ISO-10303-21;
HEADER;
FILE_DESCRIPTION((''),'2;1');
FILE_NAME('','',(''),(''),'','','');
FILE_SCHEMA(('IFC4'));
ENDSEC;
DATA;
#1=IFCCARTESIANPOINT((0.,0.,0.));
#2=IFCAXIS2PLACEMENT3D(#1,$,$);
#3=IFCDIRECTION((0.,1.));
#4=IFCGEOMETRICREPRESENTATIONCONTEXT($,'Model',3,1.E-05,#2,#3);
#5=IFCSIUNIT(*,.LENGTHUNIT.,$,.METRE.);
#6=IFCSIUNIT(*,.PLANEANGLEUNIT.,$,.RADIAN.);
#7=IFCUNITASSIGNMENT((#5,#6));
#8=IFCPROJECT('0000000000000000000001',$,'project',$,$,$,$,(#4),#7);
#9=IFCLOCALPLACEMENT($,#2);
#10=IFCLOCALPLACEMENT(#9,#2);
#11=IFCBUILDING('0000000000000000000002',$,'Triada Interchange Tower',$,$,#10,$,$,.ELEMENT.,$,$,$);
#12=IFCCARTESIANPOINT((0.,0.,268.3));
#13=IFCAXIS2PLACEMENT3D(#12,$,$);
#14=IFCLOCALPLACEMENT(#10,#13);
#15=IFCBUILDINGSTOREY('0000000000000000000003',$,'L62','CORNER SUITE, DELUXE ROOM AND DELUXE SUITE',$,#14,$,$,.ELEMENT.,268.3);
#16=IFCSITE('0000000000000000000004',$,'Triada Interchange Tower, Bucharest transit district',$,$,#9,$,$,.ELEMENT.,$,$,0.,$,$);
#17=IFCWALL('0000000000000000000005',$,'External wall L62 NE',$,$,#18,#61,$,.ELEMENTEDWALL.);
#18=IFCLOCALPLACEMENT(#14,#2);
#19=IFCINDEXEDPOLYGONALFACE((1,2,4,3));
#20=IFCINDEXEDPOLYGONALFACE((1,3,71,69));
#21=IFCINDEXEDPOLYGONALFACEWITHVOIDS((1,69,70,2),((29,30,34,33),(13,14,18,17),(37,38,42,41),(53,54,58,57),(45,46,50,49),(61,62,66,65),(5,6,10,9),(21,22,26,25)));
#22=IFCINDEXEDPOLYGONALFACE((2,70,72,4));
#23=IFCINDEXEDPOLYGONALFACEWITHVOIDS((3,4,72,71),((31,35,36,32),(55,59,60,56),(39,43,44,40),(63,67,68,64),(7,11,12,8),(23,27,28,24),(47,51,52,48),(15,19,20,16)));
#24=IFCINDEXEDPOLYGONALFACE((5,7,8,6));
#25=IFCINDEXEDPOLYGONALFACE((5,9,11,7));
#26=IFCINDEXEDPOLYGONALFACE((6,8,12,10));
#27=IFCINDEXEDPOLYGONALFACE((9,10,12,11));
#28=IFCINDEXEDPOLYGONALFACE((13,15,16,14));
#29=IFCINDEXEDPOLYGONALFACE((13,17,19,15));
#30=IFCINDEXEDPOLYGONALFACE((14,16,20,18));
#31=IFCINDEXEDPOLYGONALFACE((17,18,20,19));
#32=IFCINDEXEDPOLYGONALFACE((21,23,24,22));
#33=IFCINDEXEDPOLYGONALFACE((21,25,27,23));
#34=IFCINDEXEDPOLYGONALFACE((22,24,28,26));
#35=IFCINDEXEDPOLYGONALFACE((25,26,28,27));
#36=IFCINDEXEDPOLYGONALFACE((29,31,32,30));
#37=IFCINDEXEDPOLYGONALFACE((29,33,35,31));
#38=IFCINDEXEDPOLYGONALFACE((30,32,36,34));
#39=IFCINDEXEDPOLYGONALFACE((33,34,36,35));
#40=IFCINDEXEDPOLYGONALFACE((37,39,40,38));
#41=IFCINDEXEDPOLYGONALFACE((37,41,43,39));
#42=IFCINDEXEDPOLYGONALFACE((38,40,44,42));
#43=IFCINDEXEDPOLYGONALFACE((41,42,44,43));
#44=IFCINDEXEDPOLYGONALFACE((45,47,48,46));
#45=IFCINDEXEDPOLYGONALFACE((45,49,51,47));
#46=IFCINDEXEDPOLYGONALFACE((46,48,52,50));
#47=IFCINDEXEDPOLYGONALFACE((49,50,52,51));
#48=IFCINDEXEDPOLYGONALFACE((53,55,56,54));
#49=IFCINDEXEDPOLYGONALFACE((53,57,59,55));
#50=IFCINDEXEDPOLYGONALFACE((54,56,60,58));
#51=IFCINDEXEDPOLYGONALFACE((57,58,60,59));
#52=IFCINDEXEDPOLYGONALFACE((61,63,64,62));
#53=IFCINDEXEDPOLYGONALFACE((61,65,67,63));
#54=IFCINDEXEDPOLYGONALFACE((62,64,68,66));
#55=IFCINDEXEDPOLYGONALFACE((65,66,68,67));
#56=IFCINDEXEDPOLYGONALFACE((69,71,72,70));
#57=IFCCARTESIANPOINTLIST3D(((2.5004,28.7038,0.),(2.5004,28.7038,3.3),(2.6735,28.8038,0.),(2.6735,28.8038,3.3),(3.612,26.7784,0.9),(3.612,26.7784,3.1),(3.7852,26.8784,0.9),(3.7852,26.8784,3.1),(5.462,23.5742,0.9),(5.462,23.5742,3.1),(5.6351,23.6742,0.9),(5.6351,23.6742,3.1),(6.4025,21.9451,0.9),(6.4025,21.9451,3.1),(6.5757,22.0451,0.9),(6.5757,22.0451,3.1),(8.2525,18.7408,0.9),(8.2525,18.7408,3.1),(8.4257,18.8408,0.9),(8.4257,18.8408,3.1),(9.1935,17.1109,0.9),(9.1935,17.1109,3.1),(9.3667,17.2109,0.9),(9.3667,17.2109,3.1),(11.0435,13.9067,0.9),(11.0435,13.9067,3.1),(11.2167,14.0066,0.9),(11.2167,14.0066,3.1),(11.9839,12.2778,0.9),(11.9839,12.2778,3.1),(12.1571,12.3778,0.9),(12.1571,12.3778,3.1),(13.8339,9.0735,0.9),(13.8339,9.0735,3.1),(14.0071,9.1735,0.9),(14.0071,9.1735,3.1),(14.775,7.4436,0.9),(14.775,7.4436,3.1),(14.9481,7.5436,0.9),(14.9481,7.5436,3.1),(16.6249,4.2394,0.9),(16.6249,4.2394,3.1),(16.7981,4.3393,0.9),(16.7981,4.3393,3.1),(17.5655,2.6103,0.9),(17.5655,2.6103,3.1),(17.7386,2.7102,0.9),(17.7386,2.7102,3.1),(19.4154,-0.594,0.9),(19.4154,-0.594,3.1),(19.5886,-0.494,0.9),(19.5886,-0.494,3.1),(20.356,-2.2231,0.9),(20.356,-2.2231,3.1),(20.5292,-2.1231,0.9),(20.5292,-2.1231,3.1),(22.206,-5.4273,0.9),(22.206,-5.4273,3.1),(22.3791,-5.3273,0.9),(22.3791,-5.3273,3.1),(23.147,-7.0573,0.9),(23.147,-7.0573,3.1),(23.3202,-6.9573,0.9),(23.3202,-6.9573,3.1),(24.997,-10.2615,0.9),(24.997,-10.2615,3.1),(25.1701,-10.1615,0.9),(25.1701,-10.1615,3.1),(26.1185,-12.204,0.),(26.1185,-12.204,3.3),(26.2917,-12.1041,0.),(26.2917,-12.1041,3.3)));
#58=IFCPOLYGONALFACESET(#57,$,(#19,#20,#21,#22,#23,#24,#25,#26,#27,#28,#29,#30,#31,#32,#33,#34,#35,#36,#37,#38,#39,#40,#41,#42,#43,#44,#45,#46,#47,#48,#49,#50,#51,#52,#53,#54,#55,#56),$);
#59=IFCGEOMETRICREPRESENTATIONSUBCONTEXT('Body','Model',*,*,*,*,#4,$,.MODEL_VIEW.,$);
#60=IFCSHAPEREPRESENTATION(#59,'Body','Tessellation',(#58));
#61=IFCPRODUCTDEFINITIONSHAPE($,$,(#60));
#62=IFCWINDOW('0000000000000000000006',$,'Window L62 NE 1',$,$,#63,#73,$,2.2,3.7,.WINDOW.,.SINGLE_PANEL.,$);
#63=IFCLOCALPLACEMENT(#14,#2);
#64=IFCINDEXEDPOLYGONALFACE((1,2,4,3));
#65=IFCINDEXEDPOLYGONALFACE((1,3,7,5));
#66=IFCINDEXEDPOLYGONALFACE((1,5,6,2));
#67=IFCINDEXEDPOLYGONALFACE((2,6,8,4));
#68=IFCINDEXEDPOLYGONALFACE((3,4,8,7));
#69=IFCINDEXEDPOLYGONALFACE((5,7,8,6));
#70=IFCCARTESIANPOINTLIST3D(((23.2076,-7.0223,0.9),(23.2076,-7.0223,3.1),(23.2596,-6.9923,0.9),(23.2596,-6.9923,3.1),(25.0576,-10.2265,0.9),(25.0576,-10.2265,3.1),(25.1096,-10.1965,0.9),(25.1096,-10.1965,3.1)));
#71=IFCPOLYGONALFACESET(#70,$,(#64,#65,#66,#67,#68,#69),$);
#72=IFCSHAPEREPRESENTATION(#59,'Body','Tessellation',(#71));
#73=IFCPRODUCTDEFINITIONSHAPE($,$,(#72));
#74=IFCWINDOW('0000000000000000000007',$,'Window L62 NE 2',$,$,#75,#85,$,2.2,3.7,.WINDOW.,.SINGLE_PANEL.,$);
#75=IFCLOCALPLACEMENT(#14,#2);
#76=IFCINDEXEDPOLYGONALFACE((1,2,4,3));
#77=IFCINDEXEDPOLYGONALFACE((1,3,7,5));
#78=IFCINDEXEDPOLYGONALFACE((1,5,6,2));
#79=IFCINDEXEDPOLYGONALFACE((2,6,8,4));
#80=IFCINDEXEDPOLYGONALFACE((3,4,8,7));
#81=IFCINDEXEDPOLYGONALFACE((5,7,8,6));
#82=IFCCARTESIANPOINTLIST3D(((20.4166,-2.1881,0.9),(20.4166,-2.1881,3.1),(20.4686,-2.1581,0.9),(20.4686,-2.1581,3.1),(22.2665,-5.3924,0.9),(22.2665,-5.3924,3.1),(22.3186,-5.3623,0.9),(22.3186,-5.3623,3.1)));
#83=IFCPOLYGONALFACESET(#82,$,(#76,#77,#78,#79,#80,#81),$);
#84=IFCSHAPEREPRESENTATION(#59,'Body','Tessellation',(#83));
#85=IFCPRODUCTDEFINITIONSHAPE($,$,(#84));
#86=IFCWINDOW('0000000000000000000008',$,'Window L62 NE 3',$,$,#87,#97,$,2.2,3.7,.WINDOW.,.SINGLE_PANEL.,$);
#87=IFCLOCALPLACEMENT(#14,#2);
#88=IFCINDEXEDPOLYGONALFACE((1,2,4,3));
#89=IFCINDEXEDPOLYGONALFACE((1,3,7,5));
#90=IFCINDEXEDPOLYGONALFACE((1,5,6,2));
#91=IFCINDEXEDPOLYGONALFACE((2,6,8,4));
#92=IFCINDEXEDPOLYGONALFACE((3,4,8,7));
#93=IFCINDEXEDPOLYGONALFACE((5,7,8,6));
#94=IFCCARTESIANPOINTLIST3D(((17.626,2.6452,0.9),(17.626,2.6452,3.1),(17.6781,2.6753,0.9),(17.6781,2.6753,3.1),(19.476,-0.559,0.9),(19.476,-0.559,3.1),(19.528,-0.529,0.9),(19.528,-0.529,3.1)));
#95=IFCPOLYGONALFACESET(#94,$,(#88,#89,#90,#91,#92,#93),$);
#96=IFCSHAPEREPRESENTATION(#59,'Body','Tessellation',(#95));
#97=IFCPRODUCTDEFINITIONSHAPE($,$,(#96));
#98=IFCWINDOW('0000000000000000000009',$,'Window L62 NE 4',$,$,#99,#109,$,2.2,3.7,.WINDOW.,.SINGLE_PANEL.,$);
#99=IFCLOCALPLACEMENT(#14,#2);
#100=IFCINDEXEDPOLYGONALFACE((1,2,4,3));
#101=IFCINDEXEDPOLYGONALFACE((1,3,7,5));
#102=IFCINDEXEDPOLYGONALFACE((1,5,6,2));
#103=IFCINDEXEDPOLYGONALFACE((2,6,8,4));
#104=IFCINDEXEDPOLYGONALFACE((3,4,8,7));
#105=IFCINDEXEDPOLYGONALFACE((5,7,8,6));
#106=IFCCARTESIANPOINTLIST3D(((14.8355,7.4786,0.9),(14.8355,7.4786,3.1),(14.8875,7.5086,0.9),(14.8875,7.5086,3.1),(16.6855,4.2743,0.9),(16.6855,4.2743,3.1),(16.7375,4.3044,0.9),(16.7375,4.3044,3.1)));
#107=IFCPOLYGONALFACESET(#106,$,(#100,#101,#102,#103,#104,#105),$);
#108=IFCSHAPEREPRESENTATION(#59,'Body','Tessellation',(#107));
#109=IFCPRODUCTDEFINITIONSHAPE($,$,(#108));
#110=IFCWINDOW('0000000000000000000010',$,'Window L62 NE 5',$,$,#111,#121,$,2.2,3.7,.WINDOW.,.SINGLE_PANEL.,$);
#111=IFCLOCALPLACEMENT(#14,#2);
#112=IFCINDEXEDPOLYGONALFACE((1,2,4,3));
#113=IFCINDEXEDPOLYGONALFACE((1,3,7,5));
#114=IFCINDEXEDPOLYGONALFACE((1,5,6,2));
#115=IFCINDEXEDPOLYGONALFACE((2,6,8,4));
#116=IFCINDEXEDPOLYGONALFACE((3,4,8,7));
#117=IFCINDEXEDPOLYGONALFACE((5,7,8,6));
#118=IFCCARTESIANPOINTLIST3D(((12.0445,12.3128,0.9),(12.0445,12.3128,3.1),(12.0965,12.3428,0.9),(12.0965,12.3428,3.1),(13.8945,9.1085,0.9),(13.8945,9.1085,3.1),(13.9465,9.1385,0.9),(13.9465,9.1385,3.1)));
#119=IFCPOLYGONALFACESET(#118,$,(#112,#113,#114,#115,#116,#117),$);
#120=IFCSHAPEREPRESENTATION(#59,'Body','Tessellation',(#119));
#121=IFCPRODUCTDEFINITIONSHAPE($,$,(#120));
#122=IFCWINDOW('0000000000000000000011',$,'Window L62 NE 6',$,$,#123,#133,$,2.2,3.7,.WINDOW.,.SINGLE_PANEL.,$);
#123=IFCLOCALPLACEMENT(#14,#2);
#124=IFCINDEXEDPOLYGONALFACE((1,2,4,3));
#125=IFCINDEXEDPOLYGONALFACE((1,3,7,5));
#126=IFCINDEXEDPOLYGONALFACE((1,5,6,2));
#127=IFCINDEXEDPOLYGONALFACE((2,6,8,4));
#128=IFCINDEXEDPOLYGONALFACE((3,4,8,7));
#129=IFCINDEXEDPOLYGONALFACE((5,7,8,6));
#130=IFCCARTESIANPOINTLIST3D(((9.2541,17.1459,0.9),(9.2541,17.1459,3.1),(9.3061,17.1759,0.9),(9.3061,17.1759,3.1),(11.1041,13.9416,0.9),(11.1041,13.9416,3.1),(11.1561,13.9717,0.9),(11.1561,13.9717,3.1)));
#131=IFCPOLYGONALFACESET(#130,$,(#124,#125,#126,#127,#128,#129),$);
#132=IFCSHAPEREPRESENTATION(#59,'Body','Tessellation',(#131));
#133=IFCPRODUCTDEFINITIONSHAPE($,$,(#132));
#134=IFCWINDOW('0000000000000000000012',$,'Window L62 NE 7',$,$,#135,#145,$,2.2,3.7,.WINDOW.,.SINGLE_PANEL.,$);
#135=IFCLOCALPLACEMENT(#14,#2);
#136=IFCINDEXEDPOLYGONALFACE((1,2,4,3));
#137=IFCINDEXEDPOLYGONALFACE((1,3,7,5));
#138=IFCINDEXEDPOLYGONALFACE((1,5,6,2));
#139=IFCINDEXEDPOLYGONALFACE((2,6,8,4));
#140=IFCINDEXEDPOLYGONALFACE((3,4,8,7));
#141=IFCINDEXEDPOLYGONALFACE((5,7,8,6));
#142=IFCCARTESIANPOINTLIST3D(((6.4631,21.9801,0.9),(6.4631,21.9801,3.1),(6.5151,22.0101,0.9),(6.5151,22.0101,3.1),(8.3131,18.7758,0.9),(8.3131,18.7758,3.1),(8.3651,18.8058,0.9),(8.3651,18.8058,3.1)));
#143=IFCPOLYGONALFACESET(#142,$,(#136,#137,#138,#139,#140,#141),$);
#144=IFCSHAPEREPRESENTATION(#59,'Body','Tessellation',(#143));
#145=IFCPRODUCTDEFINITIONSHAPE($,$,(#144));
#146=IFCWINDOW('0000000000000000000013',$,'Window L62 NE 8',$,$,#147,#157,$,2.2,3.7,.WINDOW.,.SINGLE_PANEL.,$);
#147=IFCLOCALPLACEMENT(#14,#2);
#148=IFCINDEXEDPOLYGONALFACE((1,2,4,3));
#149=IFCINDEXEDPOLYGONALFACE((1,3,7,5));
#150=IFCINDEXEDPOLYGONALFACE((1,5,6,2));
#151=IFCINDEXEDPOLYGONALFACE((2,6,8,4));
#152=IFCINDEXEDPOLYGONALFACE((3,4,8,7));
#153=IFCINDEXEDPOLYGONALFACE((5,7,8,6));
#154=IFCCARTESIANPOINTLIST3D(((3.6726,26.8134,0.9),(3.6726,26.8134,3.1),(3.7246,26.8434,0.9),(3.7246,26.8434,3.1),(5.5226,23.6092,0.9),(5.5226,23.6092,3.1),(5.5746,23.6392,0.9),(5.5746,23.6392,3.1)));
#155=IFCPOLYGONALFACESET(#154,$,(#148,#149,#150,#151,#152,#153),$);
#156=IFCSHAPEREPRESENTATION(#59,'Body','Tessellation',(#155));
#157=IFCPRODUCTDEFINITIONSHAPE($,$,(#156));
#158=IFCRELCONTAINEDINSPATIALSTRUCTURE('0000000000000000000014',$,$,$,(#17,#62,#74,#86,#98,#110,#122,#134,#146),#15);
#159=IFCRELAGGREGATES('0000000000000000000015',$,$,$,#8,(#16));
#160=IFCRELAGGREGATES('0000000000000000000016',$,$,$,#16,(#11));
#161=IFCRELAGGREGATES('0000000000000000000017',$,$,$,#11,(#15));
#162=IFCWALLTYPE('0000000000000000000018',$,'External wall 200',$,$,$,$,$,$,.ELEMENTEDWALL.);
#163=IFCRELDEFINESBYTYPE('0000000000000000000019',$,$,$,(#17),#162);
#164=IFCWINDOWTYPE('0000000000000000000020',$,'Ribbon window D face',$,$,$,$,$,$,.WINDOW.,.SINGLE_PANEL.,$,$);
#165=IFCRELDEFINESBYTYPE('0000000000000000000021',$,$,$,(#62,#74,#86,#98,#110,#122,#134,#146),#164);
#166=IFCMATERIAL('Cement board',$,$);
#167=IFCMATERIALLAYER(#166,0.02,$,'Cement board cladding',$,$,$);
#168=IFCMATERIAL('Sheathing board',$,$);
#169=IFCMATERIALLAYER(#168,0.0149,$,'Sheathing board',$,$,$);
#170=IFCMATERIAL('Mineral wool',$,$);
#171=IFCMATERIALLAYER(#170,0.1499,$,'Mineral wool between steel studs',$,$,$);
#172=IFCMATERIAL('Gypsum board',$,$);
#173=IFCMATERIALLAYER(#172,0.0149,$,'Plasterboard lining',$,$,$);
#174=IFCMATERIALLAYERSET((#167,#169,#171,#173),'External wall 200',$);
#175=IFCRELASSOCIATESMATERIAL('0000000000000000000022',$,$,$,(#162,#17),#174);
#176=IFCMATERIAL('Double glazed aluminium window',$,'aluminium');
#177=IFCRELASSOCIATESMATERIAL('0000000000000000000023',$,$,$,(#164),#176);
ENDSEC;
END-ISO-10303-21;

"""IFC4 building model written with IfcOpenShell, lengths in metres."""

from ifc_helpers import new_model, si_unit, direction, frame, frame_2d, origin, place, context, subcontext, project, spatial, rectangle, extrude, material, layer, layer_set, layer_usage, type_object, element, fill, save


model = new_model("IFC4")

# Units and contexts
model_context = context("Model", 3, precision=1e-05, world=origin(), true_north=direction((0.0, 1.0)))
body_context = subcontext(model_context, "Body", "Model", "MODEL_VIEW")
ifc_project = project(units=[si_unit("LENGTHUNIT", "METRE"), si_unit("PLANEANGLEUNIT", "RADIAN")], contexts=[model_context])

# Site, building, storey
site_placement = place(None, origin())
site = spatial("IfcSite", under=ifc_project, at=site_placement, Name="Triada Interchange Tower, Bucharest transit district", CompositionType="ELEMENT", RefElevation=0.0)
building_placement = place(site_placement, origin())
building = spatial("IfcBuilding", under=site, at=building_placement, Name="Triada Interchange Tower", CompositionType="ELEMENT")
storey_placement = place(building_placement, frame((0.0, 0.0, 268.3)))
storey = spatial("IfcBuildingStorey", under=building, at=storey_placement, Name="L62", Description="CORNER SUITE, DELUXE ROOM AND DELUXE SUITE", CompositionType="ELEMENT", Elevation=268.3)

# Shared definitions
ifc_material_1 = material(Name="Cement board")
ifc_layer_1 = layer(ifc_material_1, 0.02, Name="Cement board cladding")
ifc_material_2 = material(Name="Sheathing board")
ifc_layer_2 = layer(ifc_material_2, 0.0149, Name="Sheathing board")
ifc_material_3 = material(Name="Mineral wool")
ifc_layer_3 = layer(ifc_material_3, 0.1499, Name="Mineral wool between steel studs")
ifc_material_4 = material(Name="Gypsum board")
ifc_layer_4 = layer(ifc_material_4, 0.0149, Name="Plasterboard lining")
ifc_layer_set_1 = layer_set([ifc_layer_1, ifc_layer_2, ifc_layer_3, ifc_layer_4], Name="External wall 200")
ifc_layer_usage = layer_usage(ifc_layer_set_1, "AXIS2", "POSITIVE", -0.1001)
wall_type = type_object("IfcWallType", Name="External wall 200", PredefinedType="ELEMENTEDWALL", material=ifc_layer_set_1)
ifc_material_5 = material(Name="Double glazed aluminium window", Category="aluminium")

# Wall, openings, windows
wall_1_placement = place(storey_placement, frame((26.2051, -12.1541, 0.0), z_axis=(0.0, 0.0, 1.0), x_axis=(-0.499999, 0.866026, 0.0)))
wall_1 = element("IfcWall", 1, at=wall_1_placement, inside=storey, type_object=wall_type, material=ifc_layer_usage, Name="External wall L62 NE", PredefinedType="ELEMENTEDWALL", context=body_context, shape_type="SweptSolid", body=[
    extrude(rectangle(XDim=47.2363, YDim=0.2, at=frame_2d((23.6182, 0.0))), origin(), (0.0, 0.0, 1.0), 3.3),
])
opening_1_placement = place(wall_1_placement, frame((2.2429, 0.0, 0.8999)))
opening_1 = element("IfcOpeningElement", 2, at=opening_1_placement, cuts=wall_1, PredefinedType="OPENING", context=body_context, shape_type="SweptSolid", body=[
    extrude(rectangle(XDim=3.7, YDim=2.2, at=frame_2d((1.8501, 1.1001))), frame((0.0, 0.1099, 0.0), z_axis=(0.0, -1.0, 0.0), x_axis=(1.0, 0.0, 0.0)), (0.0, 0.0, 1.0), 0.22),
])
opening_2_placement = place(wall_1_placement, frame((7.825, 0.0, 0.8999)))
opening_2 = element("IfcOpeningElement", 3, at=opening_2_placement, cuts=wall_1, PredefinedType="OPENING", context=body_context, shape_type="SweptSolid", body=[
    extrude(rectangle(XDim=3.7, YDim=2.2, at=frame_2d((1.8501, 1.1001))), frame((0.0, 0.1099, 0.0), z_axis=(0.0, -1.0, 0.0), x_axis=(1.0, 0.0, 0.0)), (0.0, 0.0, 1.0), 0.22),
])
opening_3_placement = place(wall_1_placement, frame((13.406, 0.0, 0.8999)))
opening_3 = element("IfcOpeningElement", 4, at=opening_3_placement, cuts=wall_1, PredefinedType="OPENING", context=body_context, shape_type="SweptSolid", body=[
    extrude(rectangle(XDim=3.7, YDim=2.2, at=frame_2d((1.8501, 1.1001))), frame((0.0, 0.1099, 0.0), z_axis=(0.0, -1.0, 0.0), x_axis=(1.0, 0.0, 0.0)), (0.0, 0.0, 1.0), 0.22),
])
opening_4_placement = place(wall_1_placement, frame((18.9871, 0.0, 0.8999)))
opening_4 = element("IfcOpeningElement", 5, at=opening_4_placement, cuts=wall_1, PredefinedType="OPENING", context=body_context, shape_type="SweptSolid", body=[
    extrude(rectangle(XDim=3.7, YDim=2.2, at=frame_2d((1.8501, 1.1001))), frame((0.0, 0.1099, 0.0), z_axis=(0.0, -1.0, 0.0), x_axis=(1.0, 0.0, 0.0)), (0.0, 0.0, 1.0), 0.22),
])
opening_5_placement = place(wall_1_placement, frame((24.5691, 0.0, 0.8999)))
opening_5 = element("IfcOpeningElement", 6, at=opening_5_placement, cuts=wall_1, PredefinedType="OPENING", context=body_context, shape_type="SweptSolid", body=[
    extrude(rectangle(XDim=3.7, YDim=2.2, at=frame_2d((1.8501, 1.1001))), frame((0.0, 0.1099, 0.0), z_axis=(0.0, -1.0, 0.0), x_axis=(1.0, 0.0, 0.0)), (0.0, 0.0, 1.0), 0.22),
])
opening_6_placement = place(wall_1_placement, frame((30.1499, 0.0, 0.8999)))
opening_6 = element("IfcOpeningElement", 7, at=opening_6_placement, cuts=wall_1, PredefinedType="OPENING", context=body_context, shape_type="SweptSolid", body=[
    extrude(rectangle(XDim=3.7, YDim=2.2, at=frame_2d((1.8501, 1.1001))), frame((0.0, 0.1099, 0.0), z_axis=(0.0, -1.0, 0.0), x_axis=(1.0, 0.0, 0.0)), (0.0, 0.0, 1.0), 0.22),
])
opening_7_placement = place(wall_1_placement, frame((35.7319, 0.0, 0.8999)))
opening_7 = element("IfcOpeningElement", 8, at=opening_7_placement, cuts=wall_1, PredefinedType="OPENING", context=body_context, shape_type="SweptSolid", body=[
    extrude(rectangle(XDim=3.7, YDim=2.2, at=frame_2d((1.8501, 1.1001))), frame((0.0, 0.1099, 0.0), z_axis=(0.0, -1.0, 0.0), x_axis=(1.0, 0.0, 0.0)), (0.0, 0.0, 1.0), 0.22),
])
opening_8_placement = place(wall_1_placement, frame((41.313, 0.0, 0.8999)))
opening_8 = element("IfcOpeningElement", 9, at=opening_8_placement, cuts=wall_1, PredefinedType="OPENING", context=body_context, shape_type="SweptSolid", body=[
    extrude(rectangle(XDim=3.7, YDim=2.2, at=frame_2d((1.8501, 1.1001))), frame((0.0, 0.1099, 0.0), z_axis=(0.0, -1.0, 0.0), x_axis=(1.0, 0.0, 0.0)), (0.0, 0.0, 1.0), 0.22),
])
window_type_1 = type_object("IfcWindowType", Name="Ribbon window D face", PartitioningType="SINGLE_PANEL", PredefinedType="WINDOW", material=ifc_material_5)
window_1_placement = place(opening_1_placement, origin())
window_1 = element("IfcWindow", 10, at=window_1_placement, inside=storey, type_object=window_type_1, Name="Window L62 NE 1", OverallHeight=2.2, OverallWidth=3.7, PartitioningType="SINGLE_PANEL", PredefinedType="WINDOW", context=body_context, shape_type="SweptSolid", body=[
    extrude(rectangle(XDim=3.7, YDim=2.2, at=frame_2d((1.8501, 1.1001))), frame((0.0, 0.03, 0.0), z_axis=(0.0, -1.0, 0.0), x_axis=(1.0, 0.0, 0.0)), (0.0, 0.0, 1.0), 0.0601),
])
fill(opening_1, window_1)
window_2_placement = place(opening_2_placement, origin())
window_2 = element("IfcWindow", 11, at=window_2_placement, inside=storey, type_object=window_type_1, Name="Window L62 NE 2", OverallHeight=2.2, OverallWidth=3.7, PartitioningType="SINGLE_PANEL", PredefinedType="WINDOW", context=body_context, shape_type="SweptSolid", body=[
    extrude(rectangle(XDim=3.7, YDim=2.2, at=frame_2d((1.8501, 1.1001))), frame((0.0, 0.03, 0.0), z_axis=(0.0, -1.0, 0.0), x_axis=(1.0, 0.0, 0.0)), (0.0, 0.0, 1.0), 0.0601),
])
fill(opening_2, window_2)
window_3_placement = place(opening_3_placement, origin())
window_3 = element("IfcWindow", 12, at=window_3_placement, inside=storey, type_object=window_type_1, Name="Window L62 NE 3", OverallHeight=2.2, OverallWidth=3.7, PartitioningType="SINGLE_PANEL", PredefinedType="WINDOW", context=body_context, shape_type="SweptSolid", body=[
    extrude(rectangle(XDim=3.7, YDim=2.2, at=frame_2d((1.8501, 1.1001))), frame((0.0, 0.03, 0.0), z_axis=(0.0, -1.0, 0.0), x_axis=(1.0, 0.0, 0.0)), (0.0, 0.0, 1.0), 0.0601),
])
fill(opening_3, window_3)
window_4_placement = place(opening_4_placement, origin())
window_4 = element("IfcWindow", 13, at=window_4_placement, inside=storey, type_object=window_type_1, Name="Window L62 NE 4", OverallHeight=2.2, OverallWidth=3.7, PartitioningType="SINGLE_PANEL", PredefinedType="WINDOW", context=body_context, shape_type="SweptSolid", body=[
    extrude(rectangle(XDim=3.7, YDim=2.2, at=frame_2d((1.8501, 1.1001))), frame((0.0, 0.03, 0.0), z_axis=(0.0, -1.0, 0.0), x_axis=(1.0, 0.0, 0.0)), (0.0, 0.0, 1.0), 0.0601),
])
fill(opening_4, window_4)
window_5_placement = place(opening_5_placement, origin())
window_5 = element("IfcWindow", 14, at=window_5_placement, inside=storey, type_object=window_type_1, Name="Window L62 NE 5", OverallHeight=2.2, OverallWidth=3.7, PartitioningType="SINGLE_PANEL", PredefinedType="WINDOW", context=body_context, shape_type="SweptSolid", body=[
    extrude(rectangle(XDim=3.7, YDim=2.2, at=frame_2d((1.8501, 1.1001))), frame((0.0, 0.03, 0.0), z_axis=(0.0, -1.0, 0.0), x_axis=(1.0, 0.0, 0.0)), (0.0, 0.0, 1.0), 0.0601),
])
fill(opening_5, window_5)
window_6_placement = place(opening_6_placement, origin())
window_6 = element("IfcWindow", 15, at=window_6_placement, inside=storey, type_object=window_type_1, Name="Window L62 NE 6", OverallHeight=2.2, OverallWidth=3.7, PartitioningType="SINGLE_PANEL", PredefinedType="WINDOW", context=body_context, shape_type="SweptSolid", body=[
    extrude(rectangle(XDim=3.7, YDim=2.2, at=frame_2d((1.8501, 1.1001))), frame((0.0, 0.03, 0.0), z_axis=(0.0, -1.0, 0.0), x_axis=(1.0, 0.0, 0.0)), (0.0, 0.0, 1.0), 0.0601),
])
fill(opening_6, window_6)
window_7_placement = place(opening_7_placement, origin())
window_7 = element("IfcWindow", 16, at=window_7_placement, inside=storey, type_object=window_type_1, Name="Window L62 NE 7", OverallHeight=2.2, OverallWidth=3.7, PartitioningType="SINGLE_PANEL", PredefinedType="WINDOW", context=body_context, shape_type="SweptSolid", body=[
    extrude(rectangle(XDim=3.7, YDim=2.2, at=frame_2d((1.8501, 1.1001))), frame((0.0, 0.03, 0.0), z_axis=(0.0, -1.0, 0.0), x_axis=(1.0, 0.0, 0.0)), (0.0, 0.0, 1.0), 0.0601),
])
fill(opening_7, window_7)
window_8_placement = place(opening_8_placement, origin())
window_8 = element("IfcWindow", 17, at=window_8_placement, inside=storey, type_object=window_type_1, Name="Window L62 NE 8", OverallHeight=2.2, OverallWidth=3.7, PartitioningType="SINGLE_PANEL", PredefinedType="WINDOW", context=body_context, shape_type="SweptSolid", body=[
    extrude(rectangle(XDim=3.7, YDim=2.2, at=frame_2d((1.8501, 1.1001))), frame((0.0, 0.03, 0.0), z_axis=(0.0, -1.0, 0.0), x_axis=(1.0, 0.0, 0.0)), (0.0, 0.0, 1.0), 0.0601),
])
fill(opening_8, window_8)

save(model, "model.ifc")
